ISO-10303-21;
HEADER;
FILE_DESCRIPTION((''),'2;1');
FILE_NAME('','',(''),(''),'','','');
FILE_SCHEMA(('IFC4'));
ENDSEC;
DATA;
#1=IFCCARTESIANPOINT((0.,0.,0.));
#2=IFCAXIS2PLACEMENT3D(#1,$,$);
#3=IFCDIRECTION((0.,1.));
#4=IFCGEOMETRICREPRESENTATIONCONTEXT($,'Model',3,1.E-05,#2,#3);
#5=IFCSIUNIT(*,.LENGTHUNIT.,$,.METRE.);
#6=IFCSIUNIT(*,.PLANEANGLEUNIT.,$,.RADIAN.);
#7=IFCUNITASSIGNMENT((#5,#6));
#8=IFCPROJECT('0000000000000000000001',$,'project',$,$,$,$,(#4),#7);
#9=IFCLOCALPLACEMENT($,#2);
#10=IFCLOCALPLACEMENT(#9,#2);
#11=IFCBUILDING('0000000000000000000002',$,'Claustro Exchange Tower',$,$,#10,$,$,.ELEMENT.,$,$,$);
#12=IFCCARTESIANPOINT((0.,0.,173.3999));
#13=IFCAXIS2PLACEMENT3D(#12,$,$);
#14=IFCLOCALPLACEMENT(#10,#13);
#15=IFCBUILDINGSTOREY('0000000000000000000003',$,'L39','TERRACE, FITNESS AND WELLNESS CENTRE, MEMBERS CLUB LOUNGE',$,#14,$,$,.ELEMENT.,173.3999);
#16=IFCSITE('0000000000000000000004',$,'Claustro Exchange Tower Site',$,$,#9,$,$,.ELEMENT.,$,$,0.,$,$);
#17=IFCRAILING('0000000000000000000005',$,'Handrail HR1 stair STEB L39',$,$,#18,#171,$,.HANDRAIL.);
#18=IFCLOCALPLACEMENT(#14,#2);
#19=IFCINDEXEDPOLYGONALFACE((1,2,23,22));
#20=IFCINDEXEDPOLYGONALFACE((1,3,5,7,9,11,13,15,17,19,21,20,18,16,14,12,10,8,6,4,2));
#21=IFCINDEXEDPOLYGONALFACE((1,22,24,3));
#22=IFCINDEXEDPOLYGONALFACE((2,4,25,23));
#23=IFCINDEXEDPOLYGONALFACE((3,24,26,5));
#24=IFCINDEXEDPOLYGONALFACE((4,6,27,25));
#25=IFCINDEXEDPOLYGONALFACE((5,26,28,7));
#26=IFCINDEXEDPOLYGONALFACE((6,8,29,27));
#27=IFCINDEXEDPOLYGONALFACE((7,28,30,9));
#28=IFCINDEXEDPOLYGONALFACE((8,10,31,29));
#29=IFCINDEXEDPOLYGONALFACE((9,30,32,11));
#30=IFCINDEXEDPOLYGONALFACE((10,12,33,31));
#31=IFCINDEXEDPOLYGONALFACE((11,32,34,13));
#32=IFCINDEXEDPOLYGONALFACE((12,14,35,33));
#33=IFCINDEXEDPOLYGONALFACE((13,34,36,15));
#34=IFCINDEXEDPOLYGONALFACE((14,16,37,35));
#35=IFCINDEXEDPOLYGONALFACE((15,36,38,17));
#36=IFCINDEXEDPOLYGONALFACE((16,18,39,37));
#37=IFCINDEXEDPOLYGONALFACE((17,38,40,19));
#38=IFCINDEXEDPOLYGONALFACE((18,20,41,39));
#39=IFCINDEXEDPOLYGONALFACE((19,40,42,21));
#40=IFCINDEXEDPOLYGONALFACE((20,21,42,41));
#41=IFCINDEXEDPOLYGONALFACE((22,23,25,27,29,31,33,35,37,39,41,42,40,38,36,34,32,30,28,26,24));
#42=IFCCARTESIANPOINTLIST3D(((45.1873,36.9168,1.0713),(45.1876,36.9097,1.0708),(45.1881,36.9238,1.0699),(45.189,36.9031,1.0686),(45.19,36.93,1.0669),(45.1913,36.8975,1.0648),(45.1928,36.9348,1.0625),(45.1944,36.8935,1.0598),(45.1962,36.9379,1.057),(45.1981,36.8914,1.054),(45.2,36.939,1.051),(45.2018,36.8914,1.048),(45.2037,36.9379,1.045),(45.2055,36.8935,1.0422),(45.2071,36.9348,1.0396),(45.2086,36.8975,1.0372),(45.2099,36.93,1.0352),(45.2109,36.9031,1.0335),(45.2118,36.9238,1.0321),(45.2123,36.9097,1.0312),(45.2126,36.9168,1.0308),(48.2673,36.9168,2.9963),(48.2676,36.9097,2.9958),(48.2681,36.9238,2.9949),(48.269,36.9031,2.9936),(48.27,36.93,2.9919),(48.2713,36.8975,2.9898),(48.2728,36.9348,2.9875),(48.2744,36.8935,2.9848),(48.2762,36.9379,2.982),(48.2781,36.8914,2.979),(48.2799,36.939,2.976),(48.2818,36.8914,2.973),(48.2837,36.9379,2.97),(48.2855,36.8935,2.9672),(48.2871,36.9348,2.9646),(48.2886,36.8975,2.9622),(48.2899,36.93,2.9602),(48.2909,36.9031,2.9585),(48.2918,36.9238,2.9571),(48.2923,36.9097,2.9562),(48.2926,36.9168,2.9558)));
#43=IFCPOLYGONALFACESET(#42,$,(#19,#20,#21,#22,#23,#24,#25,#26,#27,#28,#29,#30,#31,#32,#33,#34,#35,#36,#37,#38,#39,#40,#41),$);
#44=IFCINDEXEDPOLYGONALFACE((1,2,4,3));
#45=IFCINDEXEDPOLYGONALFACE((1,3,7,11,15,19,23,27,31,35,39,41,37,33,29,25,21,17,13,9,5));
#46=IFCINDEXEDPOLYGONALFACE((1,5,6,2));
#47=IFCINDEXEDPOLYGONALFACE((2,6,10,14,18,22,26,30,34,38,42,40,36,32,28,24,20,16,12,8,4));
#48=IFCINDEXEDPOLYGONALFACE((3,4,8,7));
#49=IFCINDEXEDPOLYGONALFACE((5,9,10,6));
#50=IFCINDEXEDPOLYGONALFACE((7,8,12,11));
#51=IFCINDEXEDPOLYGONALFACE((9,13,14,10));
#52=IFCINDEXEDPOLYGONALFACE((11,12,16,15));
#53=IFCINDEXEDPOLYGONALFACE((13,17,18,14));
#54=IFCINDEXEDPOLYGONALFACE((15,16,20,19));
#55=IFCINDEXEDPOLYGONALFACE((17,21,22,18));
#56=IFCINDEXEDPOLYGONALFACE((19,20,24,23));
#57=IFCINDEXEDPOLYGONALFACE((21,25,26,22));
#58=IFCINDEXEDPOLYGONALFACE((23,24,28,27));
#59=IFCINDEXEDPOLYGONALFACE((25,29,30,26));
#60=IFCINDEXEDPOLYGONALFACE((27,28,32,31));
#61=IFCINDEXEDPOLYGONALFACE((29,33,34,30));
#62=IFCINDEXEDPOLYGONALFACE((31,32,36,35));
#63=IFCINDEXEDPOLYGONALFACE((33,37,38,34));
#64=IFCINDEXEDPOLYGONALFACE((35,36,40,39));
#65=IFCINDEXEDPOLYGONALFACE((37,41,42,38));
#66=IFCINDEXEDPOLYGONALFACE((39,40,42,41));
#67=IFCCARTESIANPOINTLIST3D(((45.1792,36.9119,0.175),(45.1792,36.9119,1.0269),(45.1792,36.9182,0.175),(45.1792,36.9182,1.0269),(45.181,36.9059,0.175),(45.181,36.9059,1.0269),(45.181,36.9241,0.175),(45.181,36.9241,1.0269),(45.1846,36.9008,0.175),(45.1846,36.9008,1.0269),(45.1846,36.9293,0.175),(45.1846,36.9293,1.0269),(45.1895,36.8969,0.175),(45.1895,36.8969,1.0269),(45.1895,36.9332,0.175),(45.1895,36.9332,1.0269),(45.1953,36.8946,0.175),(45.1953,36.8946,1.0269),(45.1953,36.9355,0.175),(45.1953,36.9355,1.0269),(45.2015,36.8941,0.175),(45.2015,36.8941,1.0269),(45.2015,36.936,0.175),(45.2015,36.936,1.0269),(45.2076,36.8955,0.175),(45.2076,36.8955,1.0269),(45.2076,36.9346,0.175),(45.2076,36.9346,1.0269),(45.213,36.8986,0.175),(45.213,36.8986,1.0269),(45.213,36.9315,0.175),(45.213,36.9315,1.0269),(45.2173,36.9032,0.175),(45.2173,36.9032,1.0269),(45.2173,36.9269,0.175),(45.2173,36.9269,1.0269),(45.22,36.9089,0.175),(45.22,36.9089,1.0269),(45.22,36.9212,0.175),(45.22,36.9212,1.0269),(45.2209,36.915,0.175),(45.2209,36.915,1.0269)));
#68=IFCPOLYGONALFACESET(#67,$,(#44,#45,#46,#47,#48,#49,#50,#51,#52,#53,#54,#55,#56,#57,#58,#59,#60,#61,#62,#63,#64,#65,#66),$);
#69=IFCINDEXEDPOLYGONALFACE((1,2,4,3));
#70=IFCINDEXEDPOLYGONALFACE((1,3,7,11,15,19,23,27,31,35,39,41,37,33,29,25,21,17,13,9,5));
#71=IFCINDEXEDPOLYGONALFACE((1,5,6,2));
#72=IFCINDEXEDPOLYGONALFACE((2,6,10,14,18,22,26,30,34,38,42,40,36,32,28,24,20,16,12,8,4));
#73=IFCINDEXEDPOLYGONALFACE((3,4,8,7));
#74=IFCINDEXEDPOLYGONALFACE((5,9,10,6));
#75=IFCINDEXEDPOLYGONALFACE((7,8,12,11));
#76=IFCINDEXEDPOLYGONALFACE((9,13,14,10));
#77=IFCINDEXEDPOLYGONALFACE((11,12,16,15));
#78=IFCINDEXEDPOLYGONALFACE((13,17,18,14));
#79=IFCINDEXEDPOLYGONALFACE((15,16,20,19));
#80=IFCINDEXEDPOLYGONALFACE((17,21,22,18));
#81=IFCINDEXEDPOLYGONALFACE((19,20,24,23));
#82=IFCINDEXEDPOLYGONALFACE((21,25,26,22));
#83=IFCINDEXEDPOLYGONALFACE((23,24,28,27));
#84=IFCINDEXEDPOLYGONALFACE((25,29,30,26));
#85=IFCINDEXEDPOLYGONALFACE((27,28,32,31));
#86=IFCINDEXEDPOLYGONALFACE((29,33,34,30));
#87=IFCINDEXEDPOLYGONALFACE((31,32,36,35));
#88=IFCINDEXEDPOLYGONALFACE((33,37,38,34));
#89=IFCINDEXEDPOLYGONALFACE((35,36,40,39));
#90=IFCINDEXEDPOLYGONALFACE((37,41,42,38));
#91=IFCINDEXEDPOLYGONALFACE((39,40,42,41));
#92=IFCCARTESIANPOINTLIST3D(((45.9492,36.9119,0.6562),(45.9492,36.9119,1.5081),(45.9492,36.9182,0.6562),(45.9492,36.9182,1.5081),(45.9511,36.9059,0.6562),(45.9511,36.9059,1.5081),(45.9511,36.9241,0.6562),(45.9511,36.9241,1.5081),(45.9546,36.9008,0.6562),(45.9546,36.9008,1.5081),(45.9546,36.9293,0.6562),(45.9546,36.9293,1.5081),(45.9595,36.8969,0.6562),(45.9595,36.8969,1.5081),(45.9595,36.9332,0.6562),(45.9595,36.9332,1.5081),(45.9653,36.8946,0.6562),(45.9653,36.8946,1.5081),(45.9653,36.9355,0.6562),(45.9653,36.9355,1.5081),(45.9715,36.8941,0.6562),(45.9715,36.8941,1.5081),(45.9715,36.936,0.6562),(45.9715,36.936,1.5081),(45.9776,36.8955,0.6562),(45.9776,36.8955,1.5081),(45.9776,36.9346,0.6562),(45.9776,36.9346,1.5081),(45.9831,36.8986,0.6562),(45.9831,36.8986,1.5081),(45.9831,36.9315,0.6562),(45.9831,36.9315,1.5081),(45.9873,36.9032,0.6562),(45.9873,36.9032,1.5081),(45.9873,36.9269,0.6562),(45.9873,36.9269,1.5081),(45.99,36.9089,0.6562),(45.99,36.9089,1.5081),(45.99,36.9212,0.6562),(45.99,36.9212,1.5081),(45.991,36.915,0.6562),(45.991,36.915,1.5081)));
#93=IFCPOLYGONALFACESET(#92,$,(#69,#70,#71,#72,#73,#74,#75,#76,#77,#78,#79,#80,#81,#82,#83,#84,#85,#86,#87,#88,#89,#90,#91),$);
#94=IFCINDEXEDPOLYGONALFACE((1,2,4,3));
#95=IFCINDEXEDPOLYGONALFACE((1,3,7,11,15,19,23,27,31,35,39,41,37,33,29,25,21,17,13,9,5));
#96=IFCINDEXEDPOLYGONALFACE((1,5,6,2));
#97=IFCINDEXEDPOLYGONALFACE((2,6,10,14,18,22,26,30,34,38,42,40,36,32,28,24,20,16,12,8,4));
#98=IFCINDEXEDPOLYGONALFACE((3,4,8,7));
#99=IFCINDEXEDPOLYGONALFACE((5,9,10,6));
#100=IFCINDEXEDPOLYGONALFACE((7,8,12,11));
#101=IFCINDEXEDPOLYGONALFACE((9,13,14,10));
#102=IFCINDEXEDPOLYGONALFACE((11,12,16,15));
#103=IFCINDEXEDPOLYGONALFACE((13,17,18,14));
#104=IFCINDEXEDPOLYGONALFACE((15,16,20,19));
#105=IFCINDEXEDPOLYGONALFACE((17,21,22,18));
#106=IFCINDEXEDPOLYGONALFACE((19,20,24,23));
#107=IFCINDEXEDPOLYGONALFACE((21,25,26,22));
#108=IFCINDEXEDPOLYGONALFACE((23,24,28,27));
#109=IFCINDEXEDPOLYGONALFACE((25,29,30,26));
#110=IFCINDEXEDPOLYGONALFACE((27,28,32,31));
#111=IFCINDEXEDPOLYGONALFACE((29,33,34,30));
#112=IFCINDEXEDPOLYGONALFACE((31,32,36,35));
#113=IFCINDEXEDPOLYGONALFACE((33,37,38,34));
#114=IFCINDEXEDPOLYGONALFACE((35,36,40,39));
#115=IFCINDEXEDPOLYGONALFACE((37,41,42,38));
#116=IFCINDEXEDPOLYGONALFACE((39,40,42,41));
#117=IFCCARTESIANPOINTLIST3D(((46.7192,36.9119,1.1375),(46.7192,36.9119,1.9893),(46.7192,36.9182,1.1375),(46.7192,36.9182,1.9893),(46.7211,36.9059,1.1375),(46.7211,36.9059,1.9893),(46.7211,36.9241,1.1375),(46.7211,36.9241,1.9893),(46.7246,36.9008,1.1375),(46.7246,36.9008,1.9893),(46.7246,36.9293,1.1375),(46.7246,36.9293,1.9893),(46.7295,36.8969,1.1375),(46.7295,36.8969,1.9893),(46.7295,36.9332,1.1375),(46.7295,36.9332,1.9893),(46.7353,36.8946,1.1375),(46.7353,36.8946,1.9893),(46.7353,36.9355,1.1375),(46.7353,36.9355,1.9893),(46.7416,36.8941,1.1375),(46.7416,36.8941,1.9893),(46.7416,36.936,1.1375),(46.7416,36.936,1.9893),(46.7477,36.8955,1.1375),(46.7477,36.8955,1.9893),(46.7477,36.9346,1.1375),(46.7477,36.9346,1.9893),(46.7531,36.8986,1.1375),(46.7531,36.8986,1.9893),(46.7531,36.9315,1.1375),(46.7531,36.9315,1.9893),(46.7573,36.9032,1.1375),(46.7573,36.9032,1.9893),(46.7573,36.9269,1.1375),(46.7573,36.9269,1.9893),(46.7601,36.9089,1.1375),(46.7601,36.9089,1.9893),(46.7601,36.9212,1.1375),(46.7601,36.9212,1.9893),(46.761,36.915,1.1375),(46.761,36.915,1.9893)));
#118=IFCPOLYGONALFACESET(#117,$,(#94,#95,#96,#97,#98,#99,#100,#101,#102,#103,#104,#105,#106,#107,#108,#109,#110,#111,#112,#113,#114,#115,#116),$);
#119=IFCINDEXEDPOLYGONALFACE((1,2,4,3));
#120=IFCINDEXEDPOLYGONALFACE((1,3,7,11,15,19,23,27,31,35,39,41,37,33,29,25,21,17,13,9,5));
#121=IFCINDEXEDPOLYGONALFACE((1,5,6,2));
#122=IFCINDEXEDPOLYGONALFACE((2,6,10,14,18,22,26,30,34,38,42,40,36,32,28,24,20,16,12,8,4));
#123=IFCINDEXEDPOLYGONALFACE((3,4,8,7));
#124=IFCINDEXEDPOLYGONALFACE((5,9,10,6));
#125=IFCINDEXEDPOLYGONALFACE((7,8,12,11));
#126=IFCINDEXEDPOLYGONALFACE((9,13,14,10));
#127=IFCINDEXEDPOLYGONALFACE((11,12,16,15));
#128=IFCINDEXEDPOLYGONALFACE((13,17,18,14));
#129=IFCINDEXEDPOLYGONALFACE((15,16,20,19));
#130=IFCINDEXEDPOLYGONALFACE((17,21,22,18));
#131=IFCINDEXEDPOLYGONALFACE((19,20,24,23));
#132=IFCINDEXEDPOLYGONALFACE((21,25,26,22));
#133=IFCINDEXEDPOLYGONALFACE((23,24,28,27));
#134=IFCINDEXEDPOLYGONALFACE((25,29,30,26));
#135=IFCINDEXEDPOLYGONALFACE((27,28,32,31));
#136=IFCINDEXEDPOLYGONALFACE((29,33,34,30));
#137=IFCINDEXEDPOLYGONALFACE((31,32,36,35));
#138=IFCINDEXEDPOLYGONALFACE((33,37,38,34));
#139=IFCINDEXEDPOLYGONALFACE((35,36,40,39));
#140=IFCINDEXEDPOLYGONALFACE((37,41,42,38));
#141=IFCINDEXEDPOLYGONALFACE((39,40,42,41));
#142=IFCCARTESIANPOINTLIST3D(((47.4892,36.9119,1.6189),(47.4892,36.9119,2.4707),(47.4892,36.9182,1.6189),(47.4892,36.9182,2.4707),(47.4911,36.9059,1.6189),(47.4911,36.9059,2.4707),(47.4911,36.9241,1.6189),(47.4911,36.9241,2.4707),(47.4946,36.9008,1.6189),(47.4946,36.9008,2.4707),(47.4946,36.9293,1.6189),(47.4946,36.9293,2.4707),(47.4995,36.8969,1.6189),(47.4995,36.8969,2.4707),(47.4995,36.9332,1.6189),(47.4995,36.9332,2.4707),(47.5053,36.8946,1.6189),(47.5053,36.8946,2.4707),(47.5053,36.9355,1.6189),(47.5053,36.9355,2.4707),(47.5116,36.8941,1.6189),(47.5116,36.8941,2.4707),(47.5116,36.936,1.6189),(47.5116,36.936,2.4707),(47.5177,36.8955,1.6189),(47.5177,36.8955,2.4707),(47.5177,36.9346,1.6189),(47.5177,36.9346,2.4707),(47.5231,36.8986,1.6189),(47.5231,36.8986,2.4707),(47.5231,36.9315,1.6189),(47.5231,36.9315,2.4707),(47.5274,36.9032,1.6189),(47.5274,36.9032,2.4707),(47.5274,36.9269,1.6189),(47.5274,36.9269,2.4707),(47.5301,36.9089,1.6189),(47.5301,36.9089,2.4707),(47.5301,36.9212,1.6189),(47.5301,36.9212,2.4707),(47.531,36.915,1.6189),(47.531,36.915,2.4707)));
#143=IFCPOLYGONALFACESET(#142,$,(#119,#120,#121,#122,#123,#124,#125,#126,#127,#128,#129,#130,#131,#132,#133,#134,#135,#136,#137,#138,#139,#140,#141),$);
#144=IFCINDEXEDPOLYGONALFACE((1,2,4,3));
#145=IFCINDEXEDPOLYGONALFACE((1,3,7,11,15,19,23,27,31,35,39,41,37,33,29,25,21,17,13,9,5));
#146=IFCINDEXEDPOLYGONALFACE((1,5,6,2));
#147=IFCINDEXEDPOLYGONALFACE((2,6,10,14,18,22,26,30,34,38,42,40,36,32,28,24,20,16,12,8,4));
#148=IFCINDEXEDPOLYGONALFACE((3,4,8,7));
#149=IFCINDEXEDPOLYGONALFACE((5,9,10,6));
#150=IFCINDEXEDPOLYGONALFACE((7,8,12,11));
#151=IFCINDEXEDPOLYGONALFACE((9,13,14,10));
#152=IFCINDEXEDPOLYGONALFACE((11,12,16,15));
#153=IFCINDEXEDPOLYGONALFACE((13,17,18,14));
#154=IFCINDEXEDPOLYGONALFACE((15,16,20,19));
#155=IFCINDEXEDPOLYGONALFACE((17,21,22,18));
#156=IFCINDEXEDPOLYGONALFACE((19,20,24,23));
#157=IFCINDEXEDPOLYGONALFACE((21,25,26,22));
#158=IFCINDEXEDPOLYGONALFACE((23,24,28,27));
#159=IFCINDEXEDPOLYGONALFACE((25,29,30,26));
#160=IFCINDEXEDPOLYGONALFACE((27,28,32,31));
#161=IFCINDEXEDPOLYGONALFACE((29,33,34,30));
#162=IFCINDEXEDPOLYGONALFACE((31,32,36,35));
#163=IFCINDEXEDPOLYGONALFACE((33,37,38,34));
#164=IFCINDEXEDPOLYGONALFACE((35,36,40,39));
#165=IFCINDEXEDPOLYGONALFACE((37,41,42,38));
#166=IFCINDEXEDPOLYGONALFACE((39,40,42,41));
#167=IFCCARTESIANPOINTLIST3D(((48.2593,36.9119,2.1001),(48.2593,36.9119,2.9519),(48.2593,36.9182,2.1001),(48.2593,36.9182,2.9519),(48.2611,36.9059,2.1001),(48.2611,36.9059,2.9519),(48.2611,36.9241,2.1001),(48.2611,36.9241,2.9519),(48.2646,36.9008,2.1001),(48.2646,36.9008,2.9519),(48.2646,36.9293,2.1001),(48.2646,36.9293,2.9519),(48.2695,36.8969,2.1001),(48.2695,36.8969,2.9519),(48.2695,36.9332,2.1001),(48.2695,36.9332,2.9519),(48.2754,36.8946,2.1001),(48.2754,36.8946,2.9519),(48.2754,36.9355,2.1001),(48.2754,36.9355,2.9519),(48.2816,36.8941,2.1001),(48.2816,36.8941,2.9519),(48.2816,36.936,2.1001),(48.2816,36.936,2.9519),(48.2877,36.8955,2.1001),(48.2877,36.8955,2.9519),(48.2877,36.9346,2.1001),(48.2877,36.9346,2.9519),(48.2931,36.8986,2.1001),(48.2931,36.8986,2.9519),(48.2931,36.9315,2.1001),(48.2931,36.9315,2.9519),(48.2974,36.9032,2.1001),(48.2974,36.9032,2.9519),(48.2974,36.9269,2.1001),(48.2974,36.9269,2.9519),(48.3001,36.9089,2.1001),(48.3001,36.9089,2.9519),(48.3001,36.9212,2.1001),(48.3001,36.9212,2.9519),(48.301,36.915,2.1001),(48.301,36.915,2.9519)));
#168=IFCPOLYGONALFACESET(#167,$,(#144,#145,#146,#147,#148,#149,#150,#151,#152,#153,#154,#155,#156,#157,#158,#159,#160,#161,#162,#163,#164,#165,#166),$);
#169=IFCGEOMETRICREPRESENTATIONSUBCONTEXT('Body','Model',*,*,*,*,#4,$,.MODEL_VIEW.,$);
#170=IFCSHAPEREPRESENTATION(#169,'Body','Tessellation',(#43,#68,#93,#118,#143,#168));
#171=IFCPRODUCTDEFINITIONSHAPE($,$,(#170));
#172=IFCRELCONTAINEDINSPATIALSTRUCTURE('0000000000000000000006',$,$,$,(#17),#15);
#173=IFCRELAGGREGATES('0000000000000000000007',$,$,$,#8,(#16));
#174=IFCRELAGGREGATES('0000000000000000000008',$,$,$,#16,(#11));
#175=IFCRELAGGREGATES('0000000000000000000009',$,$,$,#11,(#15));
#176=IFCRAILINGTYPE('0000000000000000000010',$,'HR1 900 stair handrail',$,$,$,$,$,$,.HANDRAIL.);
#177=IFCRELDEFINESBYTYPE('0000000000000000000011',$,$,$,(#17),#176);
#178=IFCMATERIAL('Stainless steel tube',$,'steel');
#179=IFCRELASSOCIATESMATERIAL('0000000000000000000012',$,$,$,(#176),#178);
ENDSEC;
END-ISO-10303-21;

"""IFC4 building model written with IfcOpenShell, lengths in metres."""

from ifc_helpers import new_model, si_unit, direction, frame, origin, origin_2d, place, context, subcontext, project, spatial, circle, extrude, material, type_object, element, save


model = new_model("IFC4")

# Units and contexts
model_context = context("Model", 3, precision=1e-05, world=origin(), true_north=direction((0.0, 1.0)))
body_context = subcontext(model_context, "Body", "Model", "MODEL_VIEW")
ifc_project = project(units=[si_unit("LENGTHUNIT", "METRE"), si_unit("PLANEANGLEUNIT", "RADIAN")], contexts=[model_context])

# Site, building, storey
site_placement = place(None, origin())
site = spatial("IfcSite", under=ifc_project, at=site_placement, Name="Claustro Exchange Tower Site", CompositionType="ELEMENT", RefElevation=0.0)
building_placement = place(site_placement, origin())
building = spatial("IfcBuilding", under=site, at=building_placement, Name="Claustro Exchange Tower", CompositionType="ELEMENT")
storey_placement = place(building_placement, frame((0.0, 0.0, 173.3999)))
storey = spatial("IfcBuildingStorey", under=building, at=storey_placement, Name="L39", Description="TERRACE, FITNESS AND WELLNESS CENTRE, MEMBERS CLUB LOUNGE", CompositionType="ELEMENT", Elevation=173.3999)

# Railing
ifc_material_1 = material(Name="Stainless steel tube", Category="steel")
railing_type_1 = type_object("IfcRailingType", Name="HR1 900 stair handrail", PredefinedType="HANDRAIL", material=ifc_material_1)
railing_1_placement = place(storey_placement, frame((45.2, 36.915, 0.175)))
element("IfcRailing", 1, at=railing_1_placement, inside=storey, type_object=railing_type_1, Name="Handrail HR1 stair STEB L39", PredefinedType="HANDRAIL", context=body_context, shape_type="SweptSolid", body=[
    extrude(circle(Radius=0.0239, at=origin_2d()), frame((0.0, 0.0, 0.876), z_axis=(0.847998, 0.0, 0.529999), x_axis=(0.0, 1.0, 0.0)), (0.0, 0.0, 1.0), 3.6321),
    extrude(circle(Radius=0.021, at=origin_2d()), origin(), (0.0, 0.0, 1.0), 0.8518),
    extrude(circle(Radius=0.021, at=origin_2d()), frame((0.77, 0.0, 0.4812)), (0.0, 0.0, 1.0), 0.8518),
    extrude(circle(Radius=0.021, at=origin_2d()), frame((1.54, 0.0, 0.9624)), (0.0, 0.0, 1.0), 0.8518),
    extrude(circle(Radius=0.021, at=origin_2d()), frame((2.3101, 0.0, 1.4438)), (0.0, 0.0, 1.0), 0.8518),
    extrude(circle(Radius=0.021, at=origin_2d()), frame((3.0801, 0.0, 1.925)), (0.0, 0.0, 1.0), 0.8518),
])

save(model, "model.ifc")
